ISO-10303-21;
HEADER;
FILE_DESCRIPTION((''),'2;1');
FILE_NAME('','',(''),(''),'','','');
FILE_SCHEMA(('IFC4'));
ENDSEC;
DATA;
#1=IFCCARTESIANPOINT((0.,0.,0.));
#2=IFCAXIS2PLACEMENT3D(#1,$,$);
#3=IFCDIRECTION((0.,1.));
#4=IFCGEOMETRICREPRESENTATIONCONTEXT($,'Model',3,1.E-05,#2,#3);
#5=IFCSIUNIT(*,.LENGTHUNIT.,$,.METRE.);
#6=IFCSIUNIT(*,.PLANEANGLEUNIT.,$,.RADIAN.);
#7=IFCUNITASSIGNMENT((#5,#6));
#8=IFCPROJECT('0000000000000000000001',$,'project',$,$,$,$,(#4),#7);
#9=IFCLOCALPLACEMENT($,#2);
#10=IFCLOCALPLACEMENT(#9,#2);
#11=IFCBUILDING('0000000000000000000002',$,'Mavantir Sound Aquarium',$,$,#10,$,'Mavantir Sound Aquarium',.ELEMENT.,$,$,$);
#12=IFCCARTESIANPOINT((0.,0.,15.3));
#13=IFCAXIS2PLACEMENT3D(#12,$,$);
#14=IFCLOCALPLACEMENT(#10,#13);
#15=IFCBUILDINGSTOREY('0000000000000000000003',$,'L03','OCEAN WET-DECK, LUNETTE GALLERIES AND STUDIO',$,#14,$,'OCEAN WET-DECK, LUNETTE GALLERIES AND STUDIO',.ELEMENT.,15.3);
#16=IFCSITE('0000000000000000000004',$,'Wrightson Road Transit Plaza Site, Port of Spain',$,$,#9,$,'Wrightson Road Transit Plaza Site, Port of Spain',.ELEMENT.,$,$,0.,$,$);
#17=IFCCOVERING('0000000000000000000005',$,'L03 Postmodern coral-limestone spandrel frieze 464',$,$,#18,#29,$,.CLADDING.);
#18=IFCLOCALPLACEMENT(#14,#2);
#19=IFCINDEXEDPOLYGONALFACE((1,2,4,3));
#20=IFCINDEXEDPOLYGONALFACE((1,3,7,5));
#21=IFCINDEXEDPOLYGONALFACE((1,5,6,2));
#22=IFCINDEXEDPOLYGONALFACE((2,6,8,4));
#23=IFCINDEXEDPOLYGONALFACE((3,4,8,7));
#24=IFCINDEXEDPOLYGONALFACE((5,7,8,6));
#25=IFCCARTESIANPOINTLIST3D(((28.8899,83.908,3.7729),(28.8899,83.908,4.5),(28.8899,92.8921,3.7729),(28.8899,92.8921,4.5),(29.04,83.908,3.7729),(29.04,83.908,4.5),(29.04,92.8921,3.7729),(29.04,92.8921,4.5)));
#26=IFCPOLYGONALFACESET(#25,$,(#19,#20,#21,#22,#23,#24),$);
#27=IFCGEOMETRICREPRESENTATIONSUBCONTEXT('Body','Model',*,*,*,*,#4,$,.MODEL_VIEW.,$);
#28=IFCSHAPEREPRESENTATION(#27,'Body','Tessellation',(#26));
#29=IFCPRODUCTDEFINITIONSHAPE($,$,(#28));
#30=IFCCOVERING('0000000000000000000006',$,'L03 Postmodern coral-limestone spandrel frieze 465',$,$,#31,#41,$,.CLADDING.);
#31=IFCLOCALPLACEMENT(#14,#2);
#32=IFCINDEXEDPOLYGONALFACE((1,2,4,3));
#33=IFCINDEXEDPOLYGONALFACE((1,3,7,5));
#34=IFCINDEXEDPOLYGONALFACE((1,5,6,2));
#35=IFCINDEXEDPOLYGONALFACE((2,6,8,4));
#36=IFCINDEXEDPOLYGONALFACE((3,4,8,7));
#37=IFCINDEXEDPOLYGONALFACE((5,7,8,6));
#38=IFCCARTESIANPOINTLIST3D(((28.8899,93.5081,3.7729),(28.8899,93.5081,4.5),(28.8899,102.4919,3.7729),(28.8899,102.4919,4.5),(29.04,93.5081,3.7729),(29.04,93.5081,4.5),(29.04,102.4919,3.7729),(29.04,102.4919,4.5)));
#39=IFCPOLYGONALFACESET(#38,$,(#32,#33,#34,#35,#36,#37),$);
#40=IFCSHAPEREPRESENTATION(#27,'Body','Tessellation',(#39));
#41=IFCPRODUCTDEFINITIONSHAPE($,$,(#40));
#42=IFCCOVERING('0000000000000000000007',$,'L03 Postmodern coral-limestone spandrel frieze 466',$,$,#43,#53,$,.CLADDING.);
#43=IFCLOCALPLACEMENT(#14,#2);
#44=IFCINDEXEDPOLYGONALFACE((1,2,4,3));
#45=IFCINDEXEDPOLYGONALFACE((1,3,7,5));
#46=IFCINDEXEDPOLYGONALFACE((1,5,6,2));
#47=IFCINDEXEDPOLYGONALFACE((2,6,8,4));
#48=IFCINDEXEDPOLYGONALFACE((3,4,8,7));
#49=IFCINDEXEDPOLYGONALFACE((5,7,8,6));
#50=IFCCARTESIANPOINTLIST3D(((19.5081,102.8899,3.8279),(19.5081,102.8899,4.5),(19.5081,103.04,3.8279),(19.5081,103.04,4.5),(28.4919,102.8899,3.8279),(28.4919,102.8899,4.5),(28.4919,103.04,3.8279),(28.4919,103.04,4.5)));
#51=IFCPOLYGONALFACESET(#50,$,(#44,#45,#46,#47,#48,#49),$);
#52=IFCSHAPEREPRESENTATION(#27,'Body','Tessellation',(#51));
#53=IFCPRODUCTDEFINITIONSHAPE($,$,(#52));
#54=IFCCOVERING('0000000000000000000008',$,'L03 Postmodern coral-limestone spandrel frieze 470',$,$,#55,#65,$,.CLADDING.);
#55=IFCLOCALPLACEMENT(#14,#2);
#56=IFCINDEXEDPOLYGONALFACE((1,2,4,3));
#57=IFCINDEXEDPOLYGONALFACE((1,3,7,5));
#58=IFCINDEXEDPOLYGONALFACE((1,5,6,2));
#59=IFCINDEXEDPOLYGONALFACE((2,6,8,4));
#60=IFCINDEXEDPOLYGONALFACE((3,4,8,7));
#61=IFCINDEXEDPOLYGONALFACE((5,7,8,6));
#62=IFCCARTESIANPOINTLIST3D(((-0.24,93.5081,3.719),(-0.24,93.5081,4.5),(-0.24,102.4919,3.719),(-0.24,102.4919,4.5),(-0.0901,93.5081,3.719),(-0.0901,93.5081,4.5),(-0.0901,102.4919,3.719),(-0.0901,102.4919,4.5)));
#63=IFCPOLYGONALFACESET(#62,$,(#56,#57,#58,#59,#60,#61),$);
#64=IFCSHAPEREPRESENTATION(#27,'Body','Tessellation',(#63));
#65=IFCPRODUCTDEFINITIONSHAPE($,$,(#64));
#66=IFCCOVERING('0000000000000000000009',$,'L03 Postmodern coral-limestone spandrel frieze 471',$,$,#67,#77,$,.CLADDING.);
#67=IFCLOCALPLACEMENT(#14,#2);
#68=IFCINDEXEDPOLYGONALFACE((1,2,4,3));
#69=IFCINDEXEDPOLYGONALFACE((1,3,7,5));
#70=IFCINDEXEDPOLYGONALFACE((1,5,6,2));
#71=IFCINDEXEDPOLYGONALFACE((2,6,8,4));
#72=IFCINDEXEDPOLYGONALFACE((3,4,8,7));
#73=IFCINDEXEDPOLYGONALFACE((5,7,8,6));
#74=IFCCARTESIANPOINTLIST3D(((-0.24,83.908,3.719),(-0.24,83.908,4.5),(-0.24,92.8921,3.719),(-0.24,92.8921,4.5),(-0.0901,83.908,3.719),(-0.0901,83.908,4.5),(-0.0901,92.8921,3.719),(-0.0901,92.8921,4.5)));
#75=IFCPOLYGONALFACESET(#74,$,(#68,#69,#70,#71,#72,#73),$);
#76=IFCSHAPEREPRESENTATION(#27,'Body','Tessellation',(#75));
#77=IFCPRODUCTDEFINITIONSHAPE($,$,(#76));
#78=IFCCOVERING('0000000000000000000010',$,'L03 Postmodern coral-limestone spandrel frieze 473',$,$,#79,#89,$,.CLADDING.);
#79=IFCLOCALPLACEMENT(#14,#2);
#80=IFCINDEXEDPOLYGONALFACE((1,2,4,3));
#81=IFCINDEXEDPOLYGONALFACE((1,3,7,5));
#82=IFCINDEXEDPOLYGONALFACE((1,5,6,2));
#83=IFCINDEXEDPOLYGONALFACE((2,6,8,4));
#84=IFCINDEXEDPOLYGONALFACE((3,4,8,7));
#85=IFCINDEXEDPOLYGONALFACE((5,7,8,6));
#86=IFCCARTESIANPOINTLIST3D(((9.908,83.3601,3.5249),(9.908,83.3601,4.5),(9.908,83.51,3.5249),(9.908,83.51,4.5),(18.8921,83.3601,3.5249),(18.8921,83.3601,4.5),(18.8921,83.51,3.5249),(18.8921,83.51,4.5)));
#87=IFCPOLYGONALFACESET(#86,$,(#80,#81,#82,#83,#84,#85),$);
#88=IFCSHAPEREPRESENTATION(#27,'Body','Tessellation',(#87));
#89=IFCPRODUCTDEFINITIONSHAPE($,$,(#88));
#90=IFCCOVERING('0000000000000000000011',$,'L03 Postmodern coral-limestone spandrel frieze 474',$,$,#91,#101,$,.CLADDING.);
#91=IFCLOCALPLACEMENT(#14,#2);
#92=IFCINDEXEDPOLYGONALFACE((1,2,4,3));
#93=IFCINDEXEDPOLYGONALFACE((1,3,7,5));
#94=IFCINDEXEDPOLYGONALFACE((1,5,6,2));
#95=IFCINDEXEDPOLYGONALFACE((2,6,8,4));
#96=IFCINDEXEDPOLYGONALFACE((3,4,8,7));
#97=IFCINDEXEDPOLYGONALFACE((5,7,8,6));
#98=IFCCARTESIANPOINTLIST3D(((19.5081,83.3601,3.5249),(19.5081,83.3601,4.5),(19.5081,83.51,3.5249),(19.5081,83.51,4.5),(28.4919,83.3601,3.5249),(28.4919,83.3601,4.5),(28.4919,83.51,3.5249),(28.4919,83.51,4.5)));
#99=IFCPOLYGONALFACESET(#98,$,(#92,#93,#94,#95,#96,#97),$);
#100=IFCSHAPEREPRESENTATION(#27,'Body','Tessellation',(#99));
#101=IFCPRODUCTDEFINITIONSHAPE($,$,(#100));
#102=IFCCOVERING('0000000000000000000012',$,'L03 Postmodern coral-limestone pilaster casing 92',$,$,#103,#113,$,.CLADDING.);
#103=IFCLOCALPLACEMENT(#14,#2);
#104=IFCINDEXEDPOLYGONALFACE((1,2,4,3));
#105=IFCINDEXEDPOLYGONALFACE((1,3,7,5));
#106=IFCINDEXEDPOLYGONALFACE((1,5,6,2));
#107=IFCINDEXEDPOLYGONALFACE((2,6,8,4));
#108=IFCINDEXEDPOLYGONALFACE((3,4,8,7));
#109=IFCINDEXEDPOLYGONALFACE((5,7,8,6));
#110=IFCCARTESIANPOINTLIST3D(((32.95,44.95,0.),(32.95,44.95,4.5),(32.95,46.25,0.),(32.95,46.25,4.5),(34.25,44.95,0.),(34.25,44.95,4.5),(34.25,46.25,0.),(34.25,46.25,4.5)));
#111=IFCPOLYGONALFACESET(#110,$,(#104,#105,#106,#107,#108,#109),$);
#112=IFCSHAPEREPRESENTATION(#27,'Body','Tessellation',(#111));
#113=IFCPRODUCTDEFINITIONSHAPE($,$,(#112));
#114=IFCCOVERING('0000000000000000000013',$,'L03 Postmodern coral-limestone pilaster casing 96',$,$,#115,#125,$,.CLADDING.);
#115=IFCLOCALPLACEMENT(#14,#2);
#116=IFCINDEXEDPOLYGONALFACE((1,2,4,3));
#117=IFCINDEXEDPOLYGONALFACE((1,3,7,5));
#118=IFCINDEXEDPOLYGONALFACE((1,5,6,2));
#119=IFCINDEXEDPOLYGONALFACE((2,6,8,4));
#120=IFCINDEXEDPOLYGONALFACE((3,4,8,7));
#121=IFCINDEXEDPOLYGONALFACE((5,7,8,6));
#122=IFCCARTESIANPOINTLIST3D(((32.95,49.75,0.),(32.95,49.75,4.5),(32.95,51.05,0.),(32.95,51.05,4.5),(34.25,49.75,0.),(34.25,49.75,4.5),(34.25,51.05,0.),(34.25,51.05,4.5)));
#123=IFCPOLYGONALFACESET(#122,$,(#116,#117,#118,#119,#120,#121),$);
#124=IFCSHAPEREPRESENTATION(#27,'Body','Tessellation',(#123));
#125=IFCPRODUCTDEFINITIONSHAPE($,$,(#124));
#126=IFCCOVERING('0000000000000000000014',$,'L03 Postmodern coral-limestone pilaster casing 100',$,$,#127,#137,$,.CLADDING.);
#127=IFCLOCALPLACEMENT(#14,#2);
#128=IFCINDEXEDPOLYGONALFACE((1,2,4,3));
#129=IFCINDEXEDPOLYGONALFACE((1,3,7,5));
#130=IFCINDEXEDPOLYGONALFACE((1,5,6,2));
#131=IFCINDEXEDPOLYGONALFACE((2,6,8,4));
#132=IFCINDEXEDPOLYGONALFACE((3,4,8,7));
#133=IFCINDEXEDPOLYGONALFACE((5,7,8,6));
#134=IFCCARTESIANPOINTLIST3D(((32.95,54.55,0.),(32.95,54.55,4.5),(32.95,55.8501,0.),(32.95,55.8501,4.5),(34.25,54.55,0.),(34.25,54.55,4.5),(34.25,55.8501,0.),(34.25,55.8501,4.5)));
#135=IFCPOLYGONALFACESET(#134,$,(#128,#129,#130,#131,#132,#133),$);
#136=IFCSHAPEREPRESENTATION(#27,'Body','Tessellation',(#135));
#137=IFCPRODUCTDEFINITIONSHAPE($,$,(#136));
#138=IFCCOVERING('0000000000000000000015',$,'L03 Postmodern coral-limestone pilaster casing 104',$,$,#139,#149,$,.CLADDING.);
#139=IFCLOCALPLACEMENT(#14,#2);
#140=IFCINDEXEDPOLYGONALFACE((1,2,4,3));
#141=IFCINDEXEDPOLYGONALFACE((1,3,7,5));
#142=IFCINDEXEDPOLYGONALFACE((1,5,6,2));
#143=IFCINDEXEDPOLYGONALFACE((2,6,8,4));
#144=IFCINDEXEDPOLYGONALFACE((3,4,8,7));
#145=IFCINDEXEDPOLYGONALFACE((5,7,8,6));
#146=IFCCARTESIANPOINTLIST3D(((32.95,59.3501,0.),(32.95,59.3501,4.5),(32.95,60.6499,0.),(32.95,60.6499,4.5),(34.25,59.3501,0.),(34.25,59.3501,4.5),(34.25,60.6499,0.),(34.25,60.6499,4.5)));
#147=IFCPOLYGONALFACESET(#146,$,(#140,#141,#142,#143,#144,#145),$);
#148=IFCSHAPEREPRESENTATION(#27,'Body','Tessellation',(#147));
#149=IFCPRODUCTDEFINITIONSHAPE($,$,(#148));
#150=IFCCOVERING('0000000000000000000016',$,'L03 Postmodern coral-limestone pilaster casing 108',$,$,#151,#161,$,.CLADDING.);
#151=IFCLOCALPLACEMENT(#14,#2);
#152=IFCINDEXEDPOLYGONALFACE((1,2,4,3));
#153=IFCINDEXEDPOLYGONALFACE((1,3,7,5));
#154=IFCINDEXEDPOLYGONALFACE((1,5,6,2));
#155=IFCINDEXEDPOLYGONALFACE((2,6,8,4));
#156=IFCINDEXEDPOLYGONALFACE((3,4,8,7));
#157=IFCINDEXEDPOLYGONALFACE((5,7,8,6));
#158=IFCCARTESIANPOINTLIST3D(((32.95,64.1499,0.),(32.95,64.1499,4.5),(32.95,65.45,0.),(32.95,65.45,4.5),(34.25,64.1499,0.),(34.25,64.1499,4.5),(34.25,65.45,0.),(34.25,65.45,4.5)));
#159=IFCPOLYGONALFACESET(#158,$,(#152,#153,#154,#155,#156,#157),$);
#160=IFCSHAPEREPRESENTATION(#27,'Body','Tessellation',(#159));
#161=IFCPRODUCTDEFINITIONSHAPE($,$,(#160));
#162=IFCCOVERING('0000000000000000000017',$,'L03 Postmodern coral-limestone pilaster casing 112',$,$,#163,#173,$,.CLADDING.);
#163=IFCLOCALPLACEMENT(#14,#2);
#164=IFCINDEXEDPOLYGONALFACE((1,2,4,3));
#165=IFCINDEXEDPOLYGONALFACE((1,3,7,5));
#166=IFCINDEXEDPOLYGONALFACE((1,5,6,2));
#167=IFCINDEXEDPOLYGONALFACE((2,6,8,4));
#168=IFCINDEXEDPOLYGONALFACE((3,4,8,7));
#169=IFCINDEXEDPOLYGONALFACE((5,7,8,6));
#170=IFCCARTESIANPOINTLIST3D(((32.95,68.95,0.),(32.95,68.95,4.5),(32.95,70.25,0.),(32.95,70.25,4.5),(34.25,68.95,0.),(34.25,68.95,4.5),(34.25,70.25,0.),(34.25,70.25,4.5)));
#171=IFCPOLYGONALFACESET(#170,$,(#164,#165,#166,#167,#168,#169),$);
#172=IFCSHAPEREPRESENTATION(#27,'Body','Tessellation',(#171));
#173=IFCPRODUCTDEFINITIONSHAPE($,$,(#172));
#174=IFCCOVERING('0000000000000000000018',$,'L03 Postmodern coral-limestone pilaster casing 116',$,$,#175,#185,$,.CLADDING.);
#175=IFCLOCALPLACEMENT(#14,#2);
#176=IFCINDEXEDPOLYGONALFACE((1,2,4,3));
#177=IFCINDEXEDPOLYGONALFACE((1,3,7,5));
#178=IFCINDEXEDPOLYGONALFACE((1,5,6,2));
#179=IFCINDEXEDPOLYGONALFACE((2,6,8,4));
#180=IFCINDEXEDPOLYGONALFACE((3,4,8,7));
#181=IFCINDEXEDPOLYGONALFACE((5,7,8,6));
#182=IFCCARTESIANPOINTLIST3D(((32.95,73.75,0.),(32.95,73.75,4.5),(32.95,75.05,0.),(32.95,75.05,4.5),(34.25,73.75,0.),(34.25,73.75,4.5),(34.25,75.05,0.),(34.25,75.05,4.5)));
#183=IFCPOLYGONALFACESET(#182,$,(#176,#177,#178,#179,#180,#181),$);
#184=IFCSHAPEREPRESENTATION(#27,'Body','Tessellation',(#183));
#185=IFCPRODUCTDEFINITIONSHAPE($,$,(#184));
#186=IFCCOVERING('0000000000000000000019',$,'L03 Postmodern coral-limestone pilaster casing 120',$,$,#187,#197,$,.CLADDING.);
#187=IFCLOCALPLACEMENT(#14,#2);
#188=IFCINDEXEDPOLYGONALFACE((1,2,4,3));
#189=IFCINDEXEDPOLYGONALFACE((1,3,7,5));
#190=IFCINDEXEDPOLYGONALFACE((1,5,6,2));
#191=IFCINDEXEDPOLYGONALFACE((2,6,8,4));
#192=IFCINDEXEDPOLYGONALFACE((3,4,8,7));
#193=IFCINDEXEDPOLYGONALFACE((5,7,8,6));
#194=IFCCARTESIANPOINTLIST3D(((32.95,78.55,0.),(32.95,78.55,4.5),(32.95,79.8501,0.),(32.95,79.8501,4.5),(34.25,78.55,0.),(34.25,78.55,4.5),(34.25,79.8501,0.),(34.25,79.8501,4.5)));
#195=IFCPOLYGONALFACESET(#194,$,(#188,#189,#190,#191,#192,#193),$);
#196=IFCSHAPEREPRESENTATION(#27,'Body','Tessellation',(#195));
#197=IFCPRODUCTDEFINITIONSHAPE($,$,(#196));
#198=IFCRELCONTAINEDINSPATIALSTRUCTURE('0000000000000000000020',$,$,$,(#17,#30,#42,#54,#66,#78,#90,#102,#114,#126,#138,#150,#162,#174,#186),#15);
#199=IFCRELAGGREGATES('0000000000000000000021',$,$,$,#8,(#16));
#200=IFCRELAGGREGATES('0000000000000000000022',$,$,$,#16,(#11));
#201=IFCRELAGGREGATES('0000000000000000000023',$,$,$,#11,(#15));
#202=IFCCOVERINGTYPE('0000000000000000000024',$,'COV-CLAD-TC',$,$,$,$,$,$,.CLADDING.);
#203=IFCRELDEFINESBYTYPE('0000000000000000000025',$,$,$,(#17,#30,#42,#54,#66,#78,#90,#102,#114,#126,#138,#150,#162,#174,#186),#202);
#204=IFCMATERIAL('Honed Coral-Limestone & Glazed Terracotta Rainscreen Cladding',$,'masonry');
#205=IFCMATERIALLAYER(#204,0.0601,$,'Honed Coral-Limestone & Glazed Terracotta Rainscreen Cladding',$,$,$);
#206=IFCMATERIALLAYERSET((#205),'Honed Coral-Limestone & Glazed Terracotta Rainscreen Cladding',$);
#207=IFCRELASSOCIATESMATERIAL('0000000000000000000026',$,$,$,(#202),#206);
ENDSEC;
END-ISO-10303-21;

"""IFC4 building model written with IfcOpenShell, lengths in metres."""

from ifc_helpers import new_model, si_unit, direction, frame, origin, place, context, subcontext, project, spatial, polyline, outline, extrude, material, layer, layer_set, type_object, element, save


model = new_model("IFC4")

# Units and contexts
model_context = context("Model", 3, precision=1e-05, world=origin(), true_north=direction((0.0, 1.0)))
body_context = subcontext(model_context, "Body", "Model", "MODEL_VIEW")
ifc_project = project(units=[si_unit("LENGTHUNIT", "METRE"), si_unit("PLANEANGLEUNIT", "RADIAN")], contexts=[model_context])

# Site, building, storey
site_placement = place(None, origin())
site = spatial("IfcSite", under=ifc_project, at=site_placement, Name="Wrightson Road Transit Plaza Site, Port of Spain", LongName="Wrightson Road Transit Plaza Site, Port of Spain", CompositionType="ELEMENT", RefElevation=0.0)
building_placement = place(site_placement, origin())
building = spatial("IfcBuilding", under=site, at=building_placement, Name="Mavantir Sound Aquarium", LongName="Mavantir Sound Aquarium", CompositionType="ELEMENT")
storey_placement = place(building_placement, frame((0.0, 0.0, 15.3)))
storey = spatial("IfcBuildingStorey", under=building, at=storey_placement, Name="L03", Description="OCEAN WET-DECK, LUNETTE GALLERIES AND STUDIO", LongName="OCEAN WET-DECK, LUNETTE GALLERIES AND STUDIO", CompositionType="ELEMENT", Elevation=15.3)

# Coverings
ifc_material = material(Name="Honed Coral-Limestone & Glazed Terracotta Rainscreen Cladding", Category="masonry")
ifc_layer = layer(ifc_material, 0.0601, Name="Honed Coral-Limestone & Glazed Terracotta Rainscreen Cladding")
ifc_layer_set = layer_set([ifc_layer], Name="Honed Coral-Limestone & Glazed Terracotta Rainscreen Cladding")
covering_type = type_object("IfcCoveringType", Name="COV-CLAD-TC", PredefinedType="CLADDING", material=ifc_layer_set)
covering_1_placement = place(storey_placement, frame((0.0, 0.0, 3.7729)))
element("IfcCovering", 1, at=covering_1_placement, inside=storey, type_object=covering_type, Name="L03 Postmodern coral-limestone spandrel frieze 464", PredefinedType="CLADDING", context=body_context, shape_type="SweptSolid", body=[
    extrude(outline(polyline([(28.8899, 83.908), (28.8899, 92.8921), (29.04, 92.8921), (29.04, 83.908), (28.8899, 83.908)])), origin(), (0.0, 0.0, 1.0), 0.7271),
])
covering_2_placement = place(storey_placement, frame((0.0, 0.0, 3.7729)))
element("IfcCovering", 2, at=covering_2_placement, inside=storey, type_object=covering_type, Name="L03 Postmodern coral-limestone spandrel frieze 465", PredefinedType="CLADDING", context=body_context, shape_type="SweptSolid", body=[
    extrude(outline(polyline([(28.8899, 93.5081), (28.8899, 102.4919), (29.04, 102.4919), (29.04, 93.5081), (28.8899, 93.5081)])), origin(), (0.0, 0.0, 1.0), 0.7271),
])
covering_3_placement = place(storey_placement, frame((0.0, 0.0, 3.8279)))
element("IfcCovering", 3, at=covering_3_placement, inside=storey, type_object=covering_type, Name="L03 Postmodern coral-limestone spandrel frieze 466", PredefinedType="CLADDING", context=body_context, shape_type="SweptSolid", body=[
    extrude(outline(polyline([(28.4919, 102.8899), (19.5081, 102.8899), (19.5081, 103.04), (28.4919, 103.04), (28.4919, 102.8899)])), origin(), (0.0, 0.0, 1.0), 0.6721),
])
covering_4_placement = place(storey_placement, frame((0.0, 0.0, 3.719)))
element("IfcCovering", 4, at=covering_4_placement, inside=storey, type_object=covering_type, Name="L03 Postmodern coral-limestone spandrel frieze 470", PredefinedType="CLADDING", context=body_context, shape_type="SweptSolid", body=[
    extrude(outline(polyline([(-0.0901, 102.4919), (-0.0901, 93.5081), (-0.24, 93.5081), (-0.24, 102.4919), (-0.0901, 102.4919)])), origin(), (0.0, 0.0, 1.0), 0.781),
])
covering_5_placement = place(storey_placement, frame((0.0, 0.0, 3.719)))
element("IfcCovering", 5, at=covering_5_placement, inside=storey, type_object=covering_type, Name="L03 Postmodern coral-limestone spandrel frieze 471", PredefinedType="CLADDING", context=body_context, shape_type="SweptSolid", body=[
    extrude(outline(polyline([(-0.0901, 92.8921), (-0.0901, 83.908), (-0.24, 83.908), (-0.24, 92.8921), (-0.0901, 92.8921)])), origin(), (0.0, 0.0, 1.0), 0.781),
])
covering_6_placement = place(storey_placement, frame((0.0, 0.0, 3.5249)))
element("IfcCovering", 6, at=covering_6_placement, inside=storey, type_object=covering_type, Name="L03 Postmodern coral-limestone spandrel frieze 473", PredefinedType="CLADDING", context=body_context, shape_type="SweptSolid", body=[
    extrude(outline(polyline([(9.908, 83.51), (18.8921, 83.51), (18.8921, 83.3601), (9.908, 83.3601), (9.908, 83.51)])), origin(), (0.0, 0.0, 1.0), 0.9751),
])
covering_7_placement = place(storey_placement, frame((0.0, 0.0, 3.5249)))
element("IfcCovering", 7, at=covering_7_placement, inside=storey, type_object=covering_type, Name="L03 Postmodern coral-limestone spandrel frieze 474", PredefinedType="CLADDING", context=body_context, shape_type="SweptSolid", body=[
    extrude(outline(polyline([(19.5081, 83.51), (28.4919, 83.51), (28.4919, 83.3601), (19.5081, 83.3601), (19.5081, 83.51)])), origin(), (0.0, 0.0, 1.0), 0.9751),
])
covering_8_placement = place(storey_placement, origin())
element("IfcCovering", 8, at=covering_8_placement, inside=storey, type_object=covering_type, Name="L03 Postmodern coral-limestone pilaster casing 92", PredefinedType="CLADDING", context=body_context, shape_type="SweptSolid", body=[
    extrude(outline(polyline([(32.95, 44.95), (34.25, 44.95), (34.25, 46.25), (32.95, 46.25), (32.95, 44.95)])), origin(), (0.0, 0.0, 1.0), 4.5),
])
covering_9_placement = place(storey_placement, origin())
element("IfcCovering", 9, at=covering_9_placement, inside=storey, type_object=covering_type, Name="L03 Postmodern coral-limestone pilaster casing 96", PredefinedType="CLADDING", context=body_context, shape_type="SweptSolid", body=[
    extrude(outline(polyline([(32.95, 49.75), (34.25, 49.75), (34.25, 51.05), (32.95, 51.05), (32.95, 49.75)])), origin(), (0.0, 0.0, 1.0), 4.5),
])
covering_10_placement = place(storey_placement, origin())
element("IfcCovering", 10, at=covering_10_placement, inside=storey, type_object=covering_type, Name="L03 Postmodern coral-limestone pilaster casing 100", PredefinedType="CLADDING", context=body_context, shape_type="SweptSolid", body=[
    extrude(outline(polyline([(32.95, 54.55), (34.25, 54.55), (34.25, 55.8501), (32.95, 55.8501), (32.95, 54.55)])), origin(), (0.0, 0.0, 1.0), 4.5),
])
covering_11_placement = place(storey_placement, origin())
element("IfcCovering", 11, at=covering_11_placement, inside=storey, type_object=covering_type, Name="L03 Postmodern coral-limestone pilaster casing 104", PredefinedType="CLADDING", context=body_context, shape_type="SweptSolid", body=[
    extrude(outline(polyline([(32.95, 59.3501), (34.25, 59.3501), (34.25, 60.6499), (32.95, 60.6499), (32.95, 59.3501)])), origin(), (0.0, 0.0, 1.0), 4.5),
])
covering_12_placement = place(storey_placement, origin())
element("IfcCovering", 12, at=covering_12_placement, inside=storey, type_object=covering_type, Name="L03 Postmodern coral-limestone pilaster casing 108", PredefinedType="CLADDING", context=body_context, shape_type="SweptSolid", body=[
    extrude(outline(polyline([(32.95, 64.1499), (34.25, 64.1499), (34.25, 65.45), (32.95, 65.45), (32.95, 64.1499)])), origin(), (0.0, 0.0, 1.0), 4.5),
])
covering_13_placement = place(storey_placement, origin())
element("IfcCovering", 13, at=covering_13_placement, inside=storey, type_object=covering_type, Name="L03 Postmodern coral-limestone pilaster casing 112", PredefinedType="CLADDING", context=body_context, shape_type="SweptSolid", body=[
    extrude(outline(polyline([(32.95, 68.95), (34.25, 68.95), (34.25, 70.25), (32.95, 70.25), (32.95, 68.95)])), origin(), (0.0, 0.0, 1.0), 4.5),
])
covering_14_placement = place(storey_placement, origin())
element("IfcCovering", 14, at=covering_14_placement, inside=storey, type_object=covering_type, Name="L03 Postmodern coral-limestone pilaster casing 116", PredefinedType="CLADDING", context=body_context, shape_type="SweptSolid", body=[
    extrude(outline(polyline([(32.95, 73.75), (34.25, 73.75), (34.25, 75.05), (32.95, 75.05), (32.95, 73.75)])), origin(), (0.0, 0.0, 1.0), 4.5),
])
covering_15_placement = place(storey_placement, origin())
element("IfcCovering", 15, at=covering_15_placement, inside=storey, type_object=covering_type, Name="L03 Postmodern coral-limestone pilaster casing 120", PredefinedType="CLADDING", context=body_context, shape_type="SweptSolid", body=[
    extrude(outline(polyline([(32.95, 78.55), (34.25, 78.55), (34.25, 79.8501), (32.95, 79.8501), (32.95, 78.55)])), origin(), (0.0, 0.0, 1.0), 4.5),
])

save(model, "model.ifc")
